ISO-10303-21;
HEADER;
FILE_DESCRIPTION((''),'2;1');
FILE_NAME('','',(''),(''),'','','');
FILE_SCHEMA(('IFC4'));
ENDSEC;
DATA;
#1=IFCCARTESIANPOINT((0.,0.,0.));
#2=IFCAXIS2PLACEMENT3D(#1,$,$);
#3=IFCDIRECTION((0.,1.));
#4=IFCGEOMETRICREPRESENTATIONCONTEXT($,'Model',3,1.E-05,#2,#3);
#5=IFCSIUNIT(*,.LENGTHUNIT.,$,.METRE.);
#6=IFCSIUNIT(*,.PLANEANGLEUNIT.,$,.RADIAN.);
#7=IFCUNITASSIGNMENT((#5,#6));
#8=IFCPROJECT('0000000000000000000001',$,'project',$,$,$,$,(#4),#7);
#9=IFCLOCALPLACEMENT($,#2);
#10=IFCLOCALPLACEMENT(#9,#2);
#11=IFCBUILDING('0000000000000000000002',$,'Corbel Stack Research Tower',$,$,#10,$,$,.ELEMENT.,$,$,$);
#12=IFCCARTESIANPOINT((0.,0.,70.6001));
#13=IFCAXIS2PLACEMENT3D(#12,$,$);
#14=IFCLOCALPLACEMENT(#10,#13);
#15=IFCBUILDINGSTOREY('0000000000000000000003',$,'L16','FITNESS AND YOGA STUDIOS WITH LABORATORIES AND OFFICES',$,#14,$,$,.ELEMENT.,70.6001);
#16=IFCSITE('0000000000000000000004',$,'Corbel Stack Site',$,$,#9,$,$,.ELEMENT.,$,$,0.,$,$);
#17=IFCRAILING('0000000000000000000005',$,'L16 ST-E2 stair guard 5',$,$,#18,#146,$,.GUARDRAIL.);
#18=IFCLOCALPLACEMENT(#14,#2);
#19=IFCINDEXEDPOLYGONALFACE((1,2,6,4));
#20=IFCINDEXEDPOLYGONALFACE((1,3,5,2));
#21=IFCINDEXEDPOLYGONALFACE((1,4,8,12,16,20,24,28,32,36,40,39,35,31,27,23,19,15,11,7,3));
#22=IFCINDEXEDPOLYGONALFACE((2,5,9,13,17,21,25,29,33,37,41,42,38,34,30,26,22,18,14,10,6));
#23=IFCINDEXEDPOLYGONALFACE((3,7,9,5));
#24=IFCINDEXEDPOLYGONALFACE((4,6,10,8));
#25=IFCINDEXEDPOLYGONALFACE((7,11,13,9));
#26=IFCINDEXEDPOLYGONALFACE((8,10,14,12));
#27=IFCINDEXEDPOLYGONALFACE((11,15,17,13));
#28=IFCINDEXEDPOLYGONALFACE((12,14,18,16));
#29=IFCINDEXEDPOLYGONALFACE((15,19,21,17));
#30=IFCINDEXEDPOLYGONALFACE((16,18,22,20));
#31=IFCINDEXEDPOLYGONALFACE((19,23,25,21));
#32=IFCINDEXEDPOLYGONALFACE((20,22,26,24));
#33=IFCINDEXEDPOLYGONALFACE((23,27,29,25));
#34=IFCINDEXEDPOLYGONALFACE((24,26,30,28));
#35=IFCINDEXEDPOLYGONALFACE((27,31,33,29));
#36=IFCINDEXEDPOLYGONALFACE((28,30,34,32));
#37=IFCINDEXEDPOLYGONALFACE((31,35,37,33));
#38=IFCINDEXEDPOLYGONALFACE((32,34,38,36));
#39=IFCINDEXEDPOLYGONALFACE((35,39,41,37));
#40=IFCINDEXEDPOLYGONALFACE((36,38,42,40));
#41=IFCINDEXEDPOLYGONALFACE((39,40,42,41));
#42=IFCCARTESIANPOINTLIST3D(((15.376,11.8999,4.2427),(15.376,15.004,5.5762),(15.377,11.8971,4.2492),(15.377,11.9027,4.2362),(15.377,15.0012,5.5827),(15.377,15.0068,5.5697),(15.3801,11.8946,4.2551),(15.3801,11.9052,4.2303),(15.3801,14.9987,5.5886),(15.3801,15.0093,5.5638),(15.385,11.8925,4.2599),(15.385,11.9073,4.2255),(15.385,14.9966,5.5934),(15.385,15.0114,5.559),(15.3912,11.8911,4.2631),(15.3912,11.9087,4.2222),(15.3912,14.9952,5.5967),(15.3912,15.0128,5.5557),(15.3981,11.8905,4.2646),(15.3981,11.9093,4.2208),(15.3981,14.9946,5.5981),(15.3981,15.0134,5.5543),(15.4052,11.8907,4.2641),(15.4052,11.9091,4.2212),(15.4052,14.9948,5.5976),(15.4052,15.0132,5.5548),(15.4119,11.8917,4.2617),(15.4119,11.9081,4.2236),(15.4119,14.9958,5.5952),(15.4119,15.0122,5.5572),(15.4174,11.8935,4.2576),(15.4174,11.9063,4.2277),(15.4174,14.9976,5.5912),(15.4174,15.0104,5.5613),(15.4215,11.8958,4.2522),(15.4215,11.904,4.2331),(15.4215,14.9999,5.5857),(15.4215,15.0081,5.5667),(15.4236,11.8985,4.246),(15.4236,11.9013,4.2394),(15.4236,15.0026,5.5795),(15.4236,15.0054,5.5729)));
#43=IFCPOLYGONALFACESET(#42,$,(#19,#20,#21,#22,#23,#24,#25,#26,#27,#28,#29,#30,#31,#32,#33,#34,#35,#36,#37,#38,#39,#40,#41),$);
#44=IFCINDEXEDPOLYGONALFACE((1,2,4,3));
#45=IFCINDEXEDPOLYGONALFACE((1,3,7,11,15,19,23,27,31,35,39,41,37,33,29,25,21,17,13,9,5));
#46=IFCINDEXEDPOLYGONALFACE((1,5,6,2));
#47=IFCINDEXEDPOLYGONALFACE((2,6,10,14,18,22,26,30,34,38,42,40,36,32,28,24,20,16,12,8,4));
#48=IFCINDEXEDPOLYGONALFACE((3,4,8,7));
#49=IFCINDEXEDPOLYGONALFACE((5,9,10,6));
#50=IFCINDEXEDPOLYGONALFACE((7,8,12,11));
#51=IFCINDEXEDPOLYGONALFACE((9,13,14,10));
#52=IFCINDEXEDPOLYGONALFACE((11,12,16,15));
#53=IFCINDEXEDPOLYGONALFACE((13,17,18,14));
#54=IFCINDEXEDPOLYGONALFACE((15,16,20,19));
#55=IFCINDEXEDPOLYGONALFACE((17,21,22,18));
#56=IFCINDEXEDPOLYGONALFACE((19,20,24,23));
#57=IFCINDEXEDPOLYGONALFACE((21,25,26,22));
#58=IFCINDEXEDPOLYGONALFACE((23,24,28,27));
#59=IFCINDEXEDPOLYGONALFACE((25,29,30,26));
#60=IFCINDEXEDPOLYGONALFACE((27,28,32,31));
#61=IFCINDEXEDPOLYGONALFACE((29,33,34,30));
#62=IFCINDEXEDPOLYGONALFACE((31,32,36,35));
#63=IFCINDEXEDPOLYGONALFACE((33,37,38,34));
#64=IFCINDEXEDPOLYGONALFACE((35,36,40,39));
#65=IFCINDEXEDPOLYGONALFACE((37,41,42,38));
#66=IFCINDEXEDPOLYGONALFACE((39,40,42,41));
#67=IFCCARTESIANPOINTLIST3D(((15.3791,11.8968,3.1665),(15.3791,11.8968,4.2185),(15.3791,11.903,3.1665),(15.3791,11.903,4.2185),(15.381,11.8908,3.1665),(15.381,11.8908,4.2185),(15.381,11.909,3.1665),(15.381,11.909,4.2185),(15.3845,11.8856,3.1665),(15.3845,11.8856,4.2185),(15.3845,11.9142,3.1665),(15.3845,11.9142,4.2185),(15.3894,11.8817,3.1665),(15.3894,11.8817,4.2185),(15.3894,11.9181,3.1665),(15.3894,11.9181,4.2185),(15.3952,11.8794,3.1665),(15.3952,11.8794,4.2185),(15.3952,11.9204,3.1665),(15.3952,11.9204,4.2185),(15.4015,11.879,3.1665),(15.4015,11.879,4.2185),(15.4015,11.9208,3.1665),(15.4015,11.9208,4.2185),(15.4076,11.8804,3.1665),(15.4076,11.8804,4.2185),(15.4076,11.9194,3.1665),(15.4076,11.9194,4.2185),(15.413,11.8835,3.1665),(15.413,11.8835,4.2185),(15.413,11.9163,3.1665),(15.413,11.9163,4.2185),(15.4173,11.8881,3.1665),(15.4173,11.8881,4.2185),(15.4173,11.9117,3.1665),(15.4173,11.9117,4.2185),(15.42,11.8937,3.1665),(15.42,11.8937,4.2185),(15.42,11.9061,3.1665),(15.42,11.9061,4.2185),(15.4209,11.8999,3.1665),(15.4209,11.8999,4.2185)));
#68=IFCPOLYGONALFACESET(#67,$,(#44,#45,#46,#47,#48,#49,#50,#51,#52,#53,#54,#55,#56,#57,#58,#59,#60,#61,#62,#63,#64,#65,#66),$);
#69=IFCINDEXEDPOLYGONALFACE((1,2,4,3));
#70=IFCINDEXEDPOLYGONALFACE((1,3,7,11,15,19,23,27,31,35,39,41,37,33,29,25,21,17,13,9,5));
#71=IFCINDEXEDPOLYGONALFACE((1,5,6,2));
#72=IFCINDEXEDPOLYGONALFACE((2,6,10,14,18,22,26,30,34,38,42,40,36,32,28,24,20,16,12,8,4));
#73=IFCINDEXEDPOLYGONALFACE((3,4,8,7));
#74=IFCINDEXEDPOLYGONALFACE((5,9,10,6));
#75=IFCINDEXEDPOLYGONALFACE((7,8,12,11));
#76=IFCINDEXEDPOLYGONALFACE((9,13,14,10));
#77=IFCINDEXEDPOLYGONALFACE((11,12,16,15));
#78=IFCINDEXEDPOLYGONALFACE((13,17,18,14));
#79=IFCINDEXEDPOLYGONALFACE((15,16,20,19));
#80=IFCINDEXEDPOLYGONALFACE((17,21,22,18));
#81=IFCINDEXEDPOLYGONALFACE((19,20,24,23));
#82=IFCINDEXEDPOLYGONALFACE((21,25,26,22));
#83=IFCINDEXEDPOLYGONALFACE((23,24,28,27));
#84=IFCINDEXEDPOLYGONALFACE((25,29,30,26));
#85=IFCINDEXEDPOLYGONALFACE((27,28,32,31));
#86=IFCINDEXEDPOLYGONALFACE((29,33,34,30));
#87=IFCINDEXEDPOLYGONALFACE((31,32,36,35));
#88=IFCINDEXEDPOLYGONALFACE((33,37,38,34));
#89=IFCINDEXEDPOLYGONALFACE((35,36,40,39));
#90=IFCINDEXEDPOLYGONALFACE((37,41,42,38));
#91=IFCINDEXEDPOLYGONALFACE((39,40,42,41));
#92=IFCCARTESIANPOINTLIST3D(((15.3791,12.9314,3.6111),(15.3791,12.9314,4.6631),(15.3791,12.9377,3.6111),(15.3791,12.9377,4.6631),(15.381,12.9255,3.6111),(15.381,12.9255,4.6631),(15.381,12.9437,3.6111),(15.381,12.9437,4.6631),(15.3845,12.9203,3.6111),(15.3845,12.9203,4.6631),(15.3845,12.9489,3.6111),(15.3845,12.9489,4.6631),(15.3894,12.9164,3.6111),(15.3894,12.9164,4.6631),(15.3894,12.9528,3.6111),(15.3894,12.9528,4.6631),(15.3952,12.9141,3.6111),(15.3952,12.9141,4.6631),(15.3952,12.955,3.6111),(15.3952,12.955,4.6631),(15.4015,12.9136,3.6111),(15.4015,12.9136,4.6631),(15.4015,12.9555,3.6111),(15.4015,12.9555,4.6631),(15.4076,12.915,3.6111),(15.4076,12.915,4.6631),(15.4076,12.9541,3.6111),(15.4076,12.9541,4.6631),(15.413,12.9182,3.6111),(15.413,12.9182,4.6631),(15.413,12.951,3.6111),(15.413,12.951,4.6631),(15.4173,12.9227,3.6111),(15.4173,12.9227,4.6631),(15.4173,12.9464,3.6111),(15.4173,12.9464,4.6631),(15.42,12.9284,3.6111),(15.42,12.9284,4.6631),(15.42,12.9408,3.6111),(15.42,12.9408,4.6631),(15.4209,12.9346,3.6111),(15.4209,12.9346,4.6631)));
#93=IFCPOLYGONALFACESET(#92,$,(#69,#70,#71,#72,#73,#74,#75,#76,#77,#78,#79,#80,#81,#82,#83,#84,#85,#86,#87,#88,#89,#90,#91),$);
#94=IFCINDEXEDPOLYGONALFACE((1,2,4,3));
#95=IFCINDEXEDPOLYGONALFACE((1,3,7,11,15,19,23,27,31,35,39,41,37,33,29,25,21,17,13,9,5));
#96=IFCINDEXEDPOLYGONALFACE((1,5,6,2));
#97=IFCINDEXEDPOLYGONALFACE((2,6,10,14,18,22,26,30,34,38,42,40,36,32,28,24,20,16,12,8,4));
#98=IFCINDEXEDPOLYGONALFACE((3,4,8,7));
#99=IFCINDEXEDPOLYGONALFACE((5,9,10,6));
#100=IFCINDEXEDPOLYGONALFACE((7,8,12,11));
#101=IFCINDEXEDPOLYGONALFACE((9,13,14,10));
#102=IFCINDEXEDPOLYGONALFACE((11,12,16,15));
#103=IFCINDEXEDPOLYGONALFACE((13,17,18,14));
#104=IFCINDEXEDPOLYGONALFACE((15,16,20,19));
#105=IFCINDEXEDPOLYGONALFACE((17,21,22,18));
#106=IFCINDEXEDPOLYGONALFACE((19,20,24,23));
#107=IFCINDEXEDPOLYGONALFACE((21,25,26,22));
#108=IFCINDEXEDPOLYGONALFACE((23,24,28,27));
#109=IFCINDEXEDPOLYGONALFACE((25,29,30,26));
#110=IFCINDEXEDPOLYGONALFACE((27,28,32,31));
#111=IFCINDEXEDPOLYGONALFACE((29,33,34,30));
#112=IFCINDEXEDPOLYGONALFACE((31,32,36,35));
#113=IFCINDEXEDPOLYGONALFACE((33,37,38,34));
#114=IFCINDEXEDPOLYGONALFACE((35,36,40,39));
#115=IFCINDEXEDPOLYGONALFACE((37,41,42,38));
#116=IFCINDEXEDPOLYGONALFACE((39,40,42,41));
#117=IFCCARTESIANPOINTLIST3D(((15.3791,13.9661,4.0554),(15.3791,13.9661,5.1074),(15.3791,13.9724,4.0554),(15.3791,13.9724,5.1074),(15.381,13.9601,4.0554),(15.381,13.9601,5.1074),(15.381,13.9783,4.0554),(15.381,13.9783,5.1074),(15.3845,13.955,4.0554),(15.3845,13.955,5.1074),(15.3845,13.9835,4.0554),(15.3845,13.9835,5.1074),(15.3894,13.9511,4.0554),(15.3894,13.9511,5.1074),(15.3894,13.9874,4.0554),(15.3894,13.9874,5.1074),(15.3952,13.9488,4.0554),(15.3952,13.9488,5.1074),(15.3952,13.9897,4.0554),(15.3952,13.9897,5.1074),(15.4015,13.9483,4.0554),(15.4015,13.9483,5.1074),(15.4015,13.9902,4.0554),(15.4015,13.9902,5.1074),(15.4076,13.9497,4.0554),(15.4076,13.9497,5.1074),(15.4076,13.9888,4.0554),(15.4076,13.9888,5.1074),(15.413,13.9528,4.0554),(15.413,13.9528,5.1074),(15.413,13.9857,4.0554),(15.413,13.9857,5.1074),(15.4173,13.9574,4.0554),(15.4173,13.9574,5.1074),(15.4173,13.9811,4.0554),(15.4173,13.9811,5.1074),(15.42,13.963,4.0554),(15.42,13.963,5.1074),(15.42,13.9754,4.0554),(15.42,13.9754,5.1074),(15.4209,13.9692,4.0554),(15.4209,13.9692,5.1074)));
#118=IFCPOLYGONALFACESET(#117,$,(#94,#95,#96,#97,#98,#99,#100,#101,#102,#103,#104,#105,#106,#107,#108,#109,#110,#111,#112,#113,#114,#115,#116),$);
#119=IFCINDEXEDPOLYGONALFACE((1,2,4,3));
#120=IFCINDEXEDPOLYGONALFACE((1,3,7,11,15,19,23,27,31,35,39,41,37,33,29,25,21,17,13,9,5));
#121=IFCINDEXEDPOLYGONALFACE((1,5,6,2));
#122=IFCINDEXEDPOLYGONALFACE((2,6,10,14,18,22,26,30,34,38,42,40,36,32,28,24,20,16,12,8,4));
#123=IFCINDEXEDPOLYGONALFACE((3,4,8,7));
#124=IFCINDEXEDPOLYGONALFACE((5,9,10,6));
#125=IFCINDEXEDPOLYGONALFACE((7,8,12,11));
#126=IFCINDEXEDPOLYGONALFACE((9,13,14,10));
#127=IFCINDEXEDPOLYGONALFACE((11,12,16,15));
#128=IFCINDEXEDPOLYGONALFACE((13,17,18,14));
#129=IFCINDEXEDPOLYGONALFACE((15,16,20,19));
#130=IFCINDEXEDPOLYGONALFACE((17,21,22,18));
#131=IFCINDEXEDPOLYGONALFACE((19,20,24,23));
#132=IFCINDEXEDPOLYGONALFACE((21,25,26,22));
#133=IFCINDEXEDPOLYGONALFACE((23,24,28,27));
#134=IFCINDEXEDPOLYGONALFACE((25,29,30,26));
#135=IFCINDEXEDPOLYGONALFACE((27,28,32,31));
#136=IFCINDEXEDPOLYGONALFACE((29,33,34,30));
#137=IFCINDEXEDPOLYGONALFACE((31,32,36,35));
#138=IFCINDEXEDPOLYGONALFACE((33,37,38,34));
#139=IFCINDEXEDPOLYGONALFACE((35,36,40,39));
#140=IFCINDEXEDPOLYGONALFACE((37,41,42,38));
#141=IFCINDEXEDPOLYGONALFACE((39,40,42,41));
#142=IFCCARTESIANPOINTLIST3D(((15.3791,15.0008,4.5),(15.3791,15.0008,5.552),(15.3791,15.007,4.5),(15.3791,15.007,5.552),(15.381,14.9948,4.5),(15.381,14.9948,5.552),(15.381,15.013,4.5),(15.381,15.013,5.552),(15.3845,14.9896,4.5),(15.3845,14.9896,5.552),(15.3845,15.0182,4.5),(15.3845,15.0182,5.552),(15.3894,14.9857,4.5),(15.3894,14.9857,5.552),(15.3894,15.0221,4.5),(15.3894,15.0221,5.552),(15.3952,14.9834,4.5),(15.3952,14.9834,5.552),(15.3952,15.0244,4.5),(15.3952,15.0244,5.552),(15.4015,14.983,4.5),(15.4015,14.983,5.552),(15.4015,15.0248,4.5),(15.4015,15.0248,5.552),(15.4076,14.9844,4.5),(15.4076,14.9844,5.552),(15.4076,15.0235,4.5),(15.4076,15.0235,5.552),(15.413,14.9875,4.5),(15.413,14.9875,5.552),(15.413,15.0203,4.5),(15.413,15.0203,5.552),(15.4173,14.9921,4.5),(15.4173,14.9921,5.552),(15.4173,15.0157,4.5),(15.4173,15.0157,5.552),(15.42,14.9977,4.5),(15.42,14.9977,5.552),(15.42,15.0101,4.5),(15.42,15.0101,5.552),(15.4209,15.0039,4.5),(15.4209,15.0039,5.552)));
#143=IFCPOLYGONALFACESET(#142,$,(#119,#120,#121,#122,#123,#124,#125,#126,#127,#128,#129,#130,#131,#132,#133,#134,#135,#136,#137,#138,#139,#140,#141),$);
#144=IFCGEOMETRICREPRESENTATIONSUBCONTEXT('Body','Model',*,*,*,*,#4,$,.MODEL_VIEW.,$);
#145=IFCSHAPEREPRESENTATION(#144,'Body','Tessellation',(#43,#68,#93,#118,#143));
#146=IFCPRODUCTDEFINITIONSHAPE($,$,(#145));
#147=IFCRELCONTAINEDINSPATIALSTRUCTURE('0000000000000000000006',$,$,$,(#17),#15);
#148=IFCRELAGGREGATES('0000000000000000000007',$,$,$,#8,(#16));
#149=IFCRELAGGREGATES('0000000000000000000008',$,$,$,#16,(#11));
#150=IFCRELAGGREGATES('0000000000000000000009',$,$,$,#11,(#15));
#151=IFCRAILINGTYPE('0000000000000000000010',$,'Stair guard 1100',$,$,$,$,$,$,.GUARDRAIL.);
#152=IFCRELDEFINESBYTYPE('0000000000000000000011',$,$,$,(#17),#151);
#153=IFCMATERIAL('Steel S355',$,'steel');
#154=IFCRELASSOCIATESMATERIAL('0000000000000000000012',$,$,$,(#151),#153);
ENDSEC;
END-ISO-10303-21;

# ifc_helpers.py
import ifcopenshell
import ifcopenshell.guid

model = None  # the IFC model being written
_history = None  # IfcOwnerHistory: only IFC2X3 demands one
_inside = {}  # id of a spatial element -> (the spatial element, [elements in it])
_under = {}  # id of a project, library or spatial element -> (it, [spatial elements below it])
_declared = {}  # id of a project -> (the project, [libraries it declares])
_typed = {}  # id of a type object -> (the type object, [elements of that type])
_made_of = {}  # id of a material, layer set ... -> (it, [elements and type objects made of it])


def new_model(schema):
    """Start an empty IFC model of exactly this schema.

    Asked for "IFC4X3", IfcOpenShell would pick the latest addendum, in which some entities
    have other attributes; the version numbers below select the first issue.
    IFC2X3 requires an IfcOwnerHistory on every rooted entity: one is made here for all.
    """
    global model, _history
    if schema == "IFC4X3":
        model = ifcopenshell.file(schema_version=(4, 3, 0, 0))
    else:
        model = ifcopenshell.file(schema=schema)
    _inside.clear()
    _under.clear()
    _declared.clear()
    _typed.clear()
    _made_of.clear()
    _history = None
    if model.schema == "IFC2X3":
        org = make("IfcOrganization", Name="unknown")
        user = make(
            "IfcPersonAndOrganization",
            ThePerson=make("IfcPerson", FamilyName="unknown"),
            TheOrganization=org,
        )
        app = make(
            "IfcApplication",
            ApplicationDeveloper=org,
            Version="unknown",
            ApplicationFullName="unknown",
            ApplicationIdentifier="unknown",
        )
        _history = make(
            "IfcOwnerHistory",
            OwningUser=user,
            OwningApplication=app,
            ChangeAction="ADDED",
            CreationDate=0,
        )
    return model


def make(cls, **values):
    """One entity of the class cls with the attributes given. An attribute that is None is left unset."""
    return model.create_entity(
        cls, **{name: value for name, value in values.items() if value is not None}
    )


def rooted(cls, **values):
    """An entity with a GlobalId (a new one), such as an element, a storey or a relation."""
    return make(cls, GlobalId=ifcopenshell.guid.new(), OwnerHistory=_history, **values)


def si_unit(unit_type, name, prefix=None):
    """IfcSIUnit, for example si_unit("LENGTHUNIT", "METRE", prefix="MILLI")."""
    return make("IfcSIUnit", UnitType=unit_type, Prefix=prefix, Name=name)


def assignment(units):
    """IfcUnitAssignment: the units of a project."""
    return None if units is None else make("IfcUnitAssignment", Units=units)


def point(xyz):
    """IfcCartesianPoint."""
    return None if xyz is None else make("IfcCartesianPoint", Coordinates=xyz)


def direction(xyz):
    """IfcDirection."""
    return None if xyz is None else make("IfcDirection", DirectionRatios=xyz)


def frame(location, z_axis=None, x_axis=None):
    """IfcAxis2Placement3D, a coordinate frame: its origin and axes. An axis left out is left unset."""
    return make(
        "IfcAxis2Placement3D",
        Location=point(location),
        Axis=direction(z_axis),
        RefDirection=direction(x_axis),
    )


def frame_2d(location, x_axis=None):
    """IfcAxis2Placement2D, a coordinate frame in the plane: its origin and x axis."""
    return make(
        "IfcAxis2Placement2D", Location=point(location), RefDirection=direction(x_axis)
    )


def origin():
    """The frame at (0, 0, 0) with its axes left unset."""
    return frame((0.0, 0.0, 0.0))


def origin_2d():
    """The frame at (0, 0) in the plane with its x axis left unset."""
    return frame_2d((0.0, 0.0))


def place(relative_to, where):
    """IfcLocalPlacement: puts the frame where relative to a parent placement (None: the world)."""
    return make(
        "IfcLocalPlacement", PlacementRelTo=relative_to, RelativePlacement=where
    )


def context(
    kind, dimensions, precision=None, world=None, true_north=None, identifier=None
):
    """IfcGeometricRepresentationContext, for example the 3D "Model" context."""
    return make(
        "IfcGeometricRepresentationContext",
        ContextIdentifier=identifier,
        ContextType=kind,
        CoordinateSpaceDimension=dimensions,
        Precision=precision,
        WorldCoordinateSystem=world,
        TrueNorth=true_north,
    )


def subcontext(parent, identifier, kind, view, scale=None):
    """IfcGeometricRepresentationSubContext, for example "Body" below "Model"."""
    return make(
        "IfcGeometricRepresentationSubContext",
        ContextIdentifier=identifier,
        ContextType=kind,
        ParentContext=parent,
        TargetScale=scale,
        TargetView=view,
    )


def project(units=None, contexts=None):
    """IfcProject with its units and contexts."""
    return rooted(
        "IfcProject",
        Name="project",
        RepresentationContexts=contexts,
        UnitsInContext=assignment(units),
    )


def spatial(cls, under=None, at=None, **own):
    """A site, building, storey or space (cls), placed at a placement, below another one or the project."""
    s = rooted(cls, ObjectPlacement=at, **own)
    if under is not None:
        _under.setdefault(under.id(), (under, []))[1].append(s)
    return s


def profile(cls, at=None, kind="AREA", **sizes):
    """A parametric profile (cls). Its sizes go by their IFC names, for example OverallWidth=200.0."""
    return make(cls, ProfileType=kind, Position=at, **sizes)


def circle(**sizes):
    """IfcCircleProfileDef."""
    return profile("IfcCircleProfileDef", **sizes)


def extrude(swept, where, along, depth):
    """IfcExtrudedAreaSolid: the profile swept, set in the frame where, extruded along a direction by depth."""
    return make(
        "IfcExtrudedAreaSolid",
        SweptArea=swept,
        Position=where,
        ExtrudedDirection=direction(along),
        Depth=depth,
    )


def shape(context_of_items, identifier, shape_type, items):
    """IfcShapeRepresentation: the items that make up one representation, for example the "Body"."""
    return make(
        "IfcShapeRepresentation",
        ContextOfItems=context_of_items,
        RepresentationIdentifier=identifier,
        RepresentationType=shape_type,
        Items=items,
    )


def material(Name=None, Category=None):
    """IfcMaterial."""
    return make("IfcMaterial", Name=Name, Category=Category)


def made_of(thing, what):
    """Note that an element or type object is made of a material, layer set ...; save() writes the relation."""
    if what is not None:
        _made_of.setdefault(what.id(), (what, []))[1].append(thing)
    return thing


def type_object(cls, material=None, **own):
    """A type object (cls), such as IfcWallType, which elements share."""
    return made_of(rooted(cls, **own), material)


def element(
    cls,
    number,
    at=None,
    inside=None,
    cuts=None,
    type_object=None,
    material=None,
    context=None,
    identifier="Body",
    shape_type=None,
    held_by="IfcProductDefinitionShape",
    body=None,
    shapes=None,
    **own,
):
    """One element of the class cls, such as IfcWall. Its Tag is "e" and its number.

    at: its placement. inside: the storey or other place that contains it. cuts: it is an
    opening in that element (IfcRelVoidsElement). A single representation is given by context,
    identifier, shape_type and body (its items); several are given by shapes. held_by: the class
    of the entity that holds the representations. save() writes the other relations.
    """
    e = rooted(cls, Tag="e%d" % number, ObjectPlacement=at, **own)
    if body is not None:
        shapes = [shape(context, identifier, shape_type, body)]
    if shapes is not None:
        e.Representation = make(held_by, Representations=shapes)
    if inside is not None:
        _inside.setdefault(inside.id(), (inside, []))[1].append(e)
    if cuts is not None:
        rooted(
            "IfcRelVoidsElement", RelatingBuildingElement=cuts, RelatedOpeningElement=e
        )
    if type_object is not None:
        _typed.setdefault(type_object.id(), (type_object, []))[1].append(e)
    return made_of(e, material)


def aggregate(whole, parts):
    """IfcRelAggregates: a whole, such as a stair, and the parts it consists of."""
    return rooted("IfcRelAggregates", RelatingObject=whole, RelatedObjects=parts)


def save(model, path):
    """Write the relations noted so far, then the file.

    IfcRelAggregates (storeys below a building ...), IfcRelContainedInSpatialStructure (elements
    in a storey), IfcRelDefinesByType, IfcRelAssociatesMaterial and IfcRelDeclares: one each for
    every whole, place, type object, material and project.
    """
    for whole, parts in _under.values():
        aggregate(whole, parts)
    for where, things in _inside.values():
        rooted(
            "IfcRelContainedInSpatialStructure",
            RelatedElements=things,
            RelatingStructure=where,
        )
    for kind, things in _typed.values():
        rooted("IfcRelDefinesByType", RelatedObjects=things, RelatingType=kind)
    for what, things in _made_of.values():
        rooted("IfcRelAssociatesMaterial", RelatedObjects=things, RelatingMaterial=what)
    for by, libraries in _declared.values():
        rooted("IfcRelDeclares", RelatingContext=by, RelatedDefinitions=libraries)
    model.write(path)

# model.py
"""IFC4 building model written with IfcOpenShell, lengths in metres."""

from ifc_helpers import new_model, si_unit, direction, frame, origin, origin_2d, place, context, subcontext, project, spatial, circle, extrude, material, type_object, element, save


model = new_model("IFC4")

# Units and contexts
model_context = context("Model", 3, precision=1e-05, world=origin(), true_north=direction((0.0, 1.0)))
body_context = subcontext(model_context, "Body", "Model", "MODEL_VIEW")
ifc_project = project(units=[si_unit("LENGTHUNIT", "METRE"), si_unit("PLANEANGLEUNIT", "RADIAN")], contexts=[model_context])

# Site, building, storey
site_placement = place(None, origin())
site = spatial("IfcSite", under=ifc_project, at=site_placement, Name="Corbel Stack Site", CompositionType="ELEMENT", RefElevation=0.0)
building_placement = place(site_placement, origin())
building = spatial("IfcBuilding", under=site, at=building_placement, Name="Corbel Stack Research Tower", CompositionType="ELEMENT")
storey_placement = place(building_placement, frame((0.0, 0.0, 70.6001)))
storey = spatial("IfcBuildingStorey", under=building, at=storey_placement, Name="L16", Description="FITNESS AND YOGA STUDIOS WITH LABORATORIES AND OFFICES", CompositionType="ELEMENT", Elevation=70.6001)

# Railing
ifc_material_1 = material(Name="Steel S355", Category="steel")
railing_type_1 = type_object("IfcRailingType", Name="Stair guard 1100", PredefinedType="GUARDRAIL", material=ifc_material_1)
railing_1_placement = place(storey_placement, frame((15.3999, 11.8999, 3.1665)))
element("IfcRailing", 1, at=railing_1_placement, inside=storey, type_object=railing_type_1, Name="L16 ST-E2 stair guard 5", PredefinedType="GUARDRAIL", context=body_context, shape_type="SweptSolid", body=[
    extrude(circle(Radius=0.0239, at=origin_2d()), frame((0.0, 0.0, 1.0762), z_axis=(0.0, 0.918801, 0.394722), x_axis=(-1.0, 0.0, 0.0)), (0.0, 0.0, 1.0), 3.3784),
    extrude(circle(Radius=0.021, at=origin_2d()), origin(), (0.0, 0.0, 1.0), 1.052),
    extrude(circle(Radius=0.021, at=origin_2d()), frame((0.0, 1.0347, 0.4446)), (0.0, 0.0, 1.0), 1.052),
    extrude(circle(Radius=0.021, at=origin_2d()), frame((0.0, 2.0693, 0.8889)), (0.0, 0.0, 1.0), 1.052),
    extrude(circle(Radius=0.021, at=origin_2d()), frame((0.0, 3.104, 1.3335)), (0.0, 0.0, 1.0), 1.052),
])

save(model, "model.ifc")
